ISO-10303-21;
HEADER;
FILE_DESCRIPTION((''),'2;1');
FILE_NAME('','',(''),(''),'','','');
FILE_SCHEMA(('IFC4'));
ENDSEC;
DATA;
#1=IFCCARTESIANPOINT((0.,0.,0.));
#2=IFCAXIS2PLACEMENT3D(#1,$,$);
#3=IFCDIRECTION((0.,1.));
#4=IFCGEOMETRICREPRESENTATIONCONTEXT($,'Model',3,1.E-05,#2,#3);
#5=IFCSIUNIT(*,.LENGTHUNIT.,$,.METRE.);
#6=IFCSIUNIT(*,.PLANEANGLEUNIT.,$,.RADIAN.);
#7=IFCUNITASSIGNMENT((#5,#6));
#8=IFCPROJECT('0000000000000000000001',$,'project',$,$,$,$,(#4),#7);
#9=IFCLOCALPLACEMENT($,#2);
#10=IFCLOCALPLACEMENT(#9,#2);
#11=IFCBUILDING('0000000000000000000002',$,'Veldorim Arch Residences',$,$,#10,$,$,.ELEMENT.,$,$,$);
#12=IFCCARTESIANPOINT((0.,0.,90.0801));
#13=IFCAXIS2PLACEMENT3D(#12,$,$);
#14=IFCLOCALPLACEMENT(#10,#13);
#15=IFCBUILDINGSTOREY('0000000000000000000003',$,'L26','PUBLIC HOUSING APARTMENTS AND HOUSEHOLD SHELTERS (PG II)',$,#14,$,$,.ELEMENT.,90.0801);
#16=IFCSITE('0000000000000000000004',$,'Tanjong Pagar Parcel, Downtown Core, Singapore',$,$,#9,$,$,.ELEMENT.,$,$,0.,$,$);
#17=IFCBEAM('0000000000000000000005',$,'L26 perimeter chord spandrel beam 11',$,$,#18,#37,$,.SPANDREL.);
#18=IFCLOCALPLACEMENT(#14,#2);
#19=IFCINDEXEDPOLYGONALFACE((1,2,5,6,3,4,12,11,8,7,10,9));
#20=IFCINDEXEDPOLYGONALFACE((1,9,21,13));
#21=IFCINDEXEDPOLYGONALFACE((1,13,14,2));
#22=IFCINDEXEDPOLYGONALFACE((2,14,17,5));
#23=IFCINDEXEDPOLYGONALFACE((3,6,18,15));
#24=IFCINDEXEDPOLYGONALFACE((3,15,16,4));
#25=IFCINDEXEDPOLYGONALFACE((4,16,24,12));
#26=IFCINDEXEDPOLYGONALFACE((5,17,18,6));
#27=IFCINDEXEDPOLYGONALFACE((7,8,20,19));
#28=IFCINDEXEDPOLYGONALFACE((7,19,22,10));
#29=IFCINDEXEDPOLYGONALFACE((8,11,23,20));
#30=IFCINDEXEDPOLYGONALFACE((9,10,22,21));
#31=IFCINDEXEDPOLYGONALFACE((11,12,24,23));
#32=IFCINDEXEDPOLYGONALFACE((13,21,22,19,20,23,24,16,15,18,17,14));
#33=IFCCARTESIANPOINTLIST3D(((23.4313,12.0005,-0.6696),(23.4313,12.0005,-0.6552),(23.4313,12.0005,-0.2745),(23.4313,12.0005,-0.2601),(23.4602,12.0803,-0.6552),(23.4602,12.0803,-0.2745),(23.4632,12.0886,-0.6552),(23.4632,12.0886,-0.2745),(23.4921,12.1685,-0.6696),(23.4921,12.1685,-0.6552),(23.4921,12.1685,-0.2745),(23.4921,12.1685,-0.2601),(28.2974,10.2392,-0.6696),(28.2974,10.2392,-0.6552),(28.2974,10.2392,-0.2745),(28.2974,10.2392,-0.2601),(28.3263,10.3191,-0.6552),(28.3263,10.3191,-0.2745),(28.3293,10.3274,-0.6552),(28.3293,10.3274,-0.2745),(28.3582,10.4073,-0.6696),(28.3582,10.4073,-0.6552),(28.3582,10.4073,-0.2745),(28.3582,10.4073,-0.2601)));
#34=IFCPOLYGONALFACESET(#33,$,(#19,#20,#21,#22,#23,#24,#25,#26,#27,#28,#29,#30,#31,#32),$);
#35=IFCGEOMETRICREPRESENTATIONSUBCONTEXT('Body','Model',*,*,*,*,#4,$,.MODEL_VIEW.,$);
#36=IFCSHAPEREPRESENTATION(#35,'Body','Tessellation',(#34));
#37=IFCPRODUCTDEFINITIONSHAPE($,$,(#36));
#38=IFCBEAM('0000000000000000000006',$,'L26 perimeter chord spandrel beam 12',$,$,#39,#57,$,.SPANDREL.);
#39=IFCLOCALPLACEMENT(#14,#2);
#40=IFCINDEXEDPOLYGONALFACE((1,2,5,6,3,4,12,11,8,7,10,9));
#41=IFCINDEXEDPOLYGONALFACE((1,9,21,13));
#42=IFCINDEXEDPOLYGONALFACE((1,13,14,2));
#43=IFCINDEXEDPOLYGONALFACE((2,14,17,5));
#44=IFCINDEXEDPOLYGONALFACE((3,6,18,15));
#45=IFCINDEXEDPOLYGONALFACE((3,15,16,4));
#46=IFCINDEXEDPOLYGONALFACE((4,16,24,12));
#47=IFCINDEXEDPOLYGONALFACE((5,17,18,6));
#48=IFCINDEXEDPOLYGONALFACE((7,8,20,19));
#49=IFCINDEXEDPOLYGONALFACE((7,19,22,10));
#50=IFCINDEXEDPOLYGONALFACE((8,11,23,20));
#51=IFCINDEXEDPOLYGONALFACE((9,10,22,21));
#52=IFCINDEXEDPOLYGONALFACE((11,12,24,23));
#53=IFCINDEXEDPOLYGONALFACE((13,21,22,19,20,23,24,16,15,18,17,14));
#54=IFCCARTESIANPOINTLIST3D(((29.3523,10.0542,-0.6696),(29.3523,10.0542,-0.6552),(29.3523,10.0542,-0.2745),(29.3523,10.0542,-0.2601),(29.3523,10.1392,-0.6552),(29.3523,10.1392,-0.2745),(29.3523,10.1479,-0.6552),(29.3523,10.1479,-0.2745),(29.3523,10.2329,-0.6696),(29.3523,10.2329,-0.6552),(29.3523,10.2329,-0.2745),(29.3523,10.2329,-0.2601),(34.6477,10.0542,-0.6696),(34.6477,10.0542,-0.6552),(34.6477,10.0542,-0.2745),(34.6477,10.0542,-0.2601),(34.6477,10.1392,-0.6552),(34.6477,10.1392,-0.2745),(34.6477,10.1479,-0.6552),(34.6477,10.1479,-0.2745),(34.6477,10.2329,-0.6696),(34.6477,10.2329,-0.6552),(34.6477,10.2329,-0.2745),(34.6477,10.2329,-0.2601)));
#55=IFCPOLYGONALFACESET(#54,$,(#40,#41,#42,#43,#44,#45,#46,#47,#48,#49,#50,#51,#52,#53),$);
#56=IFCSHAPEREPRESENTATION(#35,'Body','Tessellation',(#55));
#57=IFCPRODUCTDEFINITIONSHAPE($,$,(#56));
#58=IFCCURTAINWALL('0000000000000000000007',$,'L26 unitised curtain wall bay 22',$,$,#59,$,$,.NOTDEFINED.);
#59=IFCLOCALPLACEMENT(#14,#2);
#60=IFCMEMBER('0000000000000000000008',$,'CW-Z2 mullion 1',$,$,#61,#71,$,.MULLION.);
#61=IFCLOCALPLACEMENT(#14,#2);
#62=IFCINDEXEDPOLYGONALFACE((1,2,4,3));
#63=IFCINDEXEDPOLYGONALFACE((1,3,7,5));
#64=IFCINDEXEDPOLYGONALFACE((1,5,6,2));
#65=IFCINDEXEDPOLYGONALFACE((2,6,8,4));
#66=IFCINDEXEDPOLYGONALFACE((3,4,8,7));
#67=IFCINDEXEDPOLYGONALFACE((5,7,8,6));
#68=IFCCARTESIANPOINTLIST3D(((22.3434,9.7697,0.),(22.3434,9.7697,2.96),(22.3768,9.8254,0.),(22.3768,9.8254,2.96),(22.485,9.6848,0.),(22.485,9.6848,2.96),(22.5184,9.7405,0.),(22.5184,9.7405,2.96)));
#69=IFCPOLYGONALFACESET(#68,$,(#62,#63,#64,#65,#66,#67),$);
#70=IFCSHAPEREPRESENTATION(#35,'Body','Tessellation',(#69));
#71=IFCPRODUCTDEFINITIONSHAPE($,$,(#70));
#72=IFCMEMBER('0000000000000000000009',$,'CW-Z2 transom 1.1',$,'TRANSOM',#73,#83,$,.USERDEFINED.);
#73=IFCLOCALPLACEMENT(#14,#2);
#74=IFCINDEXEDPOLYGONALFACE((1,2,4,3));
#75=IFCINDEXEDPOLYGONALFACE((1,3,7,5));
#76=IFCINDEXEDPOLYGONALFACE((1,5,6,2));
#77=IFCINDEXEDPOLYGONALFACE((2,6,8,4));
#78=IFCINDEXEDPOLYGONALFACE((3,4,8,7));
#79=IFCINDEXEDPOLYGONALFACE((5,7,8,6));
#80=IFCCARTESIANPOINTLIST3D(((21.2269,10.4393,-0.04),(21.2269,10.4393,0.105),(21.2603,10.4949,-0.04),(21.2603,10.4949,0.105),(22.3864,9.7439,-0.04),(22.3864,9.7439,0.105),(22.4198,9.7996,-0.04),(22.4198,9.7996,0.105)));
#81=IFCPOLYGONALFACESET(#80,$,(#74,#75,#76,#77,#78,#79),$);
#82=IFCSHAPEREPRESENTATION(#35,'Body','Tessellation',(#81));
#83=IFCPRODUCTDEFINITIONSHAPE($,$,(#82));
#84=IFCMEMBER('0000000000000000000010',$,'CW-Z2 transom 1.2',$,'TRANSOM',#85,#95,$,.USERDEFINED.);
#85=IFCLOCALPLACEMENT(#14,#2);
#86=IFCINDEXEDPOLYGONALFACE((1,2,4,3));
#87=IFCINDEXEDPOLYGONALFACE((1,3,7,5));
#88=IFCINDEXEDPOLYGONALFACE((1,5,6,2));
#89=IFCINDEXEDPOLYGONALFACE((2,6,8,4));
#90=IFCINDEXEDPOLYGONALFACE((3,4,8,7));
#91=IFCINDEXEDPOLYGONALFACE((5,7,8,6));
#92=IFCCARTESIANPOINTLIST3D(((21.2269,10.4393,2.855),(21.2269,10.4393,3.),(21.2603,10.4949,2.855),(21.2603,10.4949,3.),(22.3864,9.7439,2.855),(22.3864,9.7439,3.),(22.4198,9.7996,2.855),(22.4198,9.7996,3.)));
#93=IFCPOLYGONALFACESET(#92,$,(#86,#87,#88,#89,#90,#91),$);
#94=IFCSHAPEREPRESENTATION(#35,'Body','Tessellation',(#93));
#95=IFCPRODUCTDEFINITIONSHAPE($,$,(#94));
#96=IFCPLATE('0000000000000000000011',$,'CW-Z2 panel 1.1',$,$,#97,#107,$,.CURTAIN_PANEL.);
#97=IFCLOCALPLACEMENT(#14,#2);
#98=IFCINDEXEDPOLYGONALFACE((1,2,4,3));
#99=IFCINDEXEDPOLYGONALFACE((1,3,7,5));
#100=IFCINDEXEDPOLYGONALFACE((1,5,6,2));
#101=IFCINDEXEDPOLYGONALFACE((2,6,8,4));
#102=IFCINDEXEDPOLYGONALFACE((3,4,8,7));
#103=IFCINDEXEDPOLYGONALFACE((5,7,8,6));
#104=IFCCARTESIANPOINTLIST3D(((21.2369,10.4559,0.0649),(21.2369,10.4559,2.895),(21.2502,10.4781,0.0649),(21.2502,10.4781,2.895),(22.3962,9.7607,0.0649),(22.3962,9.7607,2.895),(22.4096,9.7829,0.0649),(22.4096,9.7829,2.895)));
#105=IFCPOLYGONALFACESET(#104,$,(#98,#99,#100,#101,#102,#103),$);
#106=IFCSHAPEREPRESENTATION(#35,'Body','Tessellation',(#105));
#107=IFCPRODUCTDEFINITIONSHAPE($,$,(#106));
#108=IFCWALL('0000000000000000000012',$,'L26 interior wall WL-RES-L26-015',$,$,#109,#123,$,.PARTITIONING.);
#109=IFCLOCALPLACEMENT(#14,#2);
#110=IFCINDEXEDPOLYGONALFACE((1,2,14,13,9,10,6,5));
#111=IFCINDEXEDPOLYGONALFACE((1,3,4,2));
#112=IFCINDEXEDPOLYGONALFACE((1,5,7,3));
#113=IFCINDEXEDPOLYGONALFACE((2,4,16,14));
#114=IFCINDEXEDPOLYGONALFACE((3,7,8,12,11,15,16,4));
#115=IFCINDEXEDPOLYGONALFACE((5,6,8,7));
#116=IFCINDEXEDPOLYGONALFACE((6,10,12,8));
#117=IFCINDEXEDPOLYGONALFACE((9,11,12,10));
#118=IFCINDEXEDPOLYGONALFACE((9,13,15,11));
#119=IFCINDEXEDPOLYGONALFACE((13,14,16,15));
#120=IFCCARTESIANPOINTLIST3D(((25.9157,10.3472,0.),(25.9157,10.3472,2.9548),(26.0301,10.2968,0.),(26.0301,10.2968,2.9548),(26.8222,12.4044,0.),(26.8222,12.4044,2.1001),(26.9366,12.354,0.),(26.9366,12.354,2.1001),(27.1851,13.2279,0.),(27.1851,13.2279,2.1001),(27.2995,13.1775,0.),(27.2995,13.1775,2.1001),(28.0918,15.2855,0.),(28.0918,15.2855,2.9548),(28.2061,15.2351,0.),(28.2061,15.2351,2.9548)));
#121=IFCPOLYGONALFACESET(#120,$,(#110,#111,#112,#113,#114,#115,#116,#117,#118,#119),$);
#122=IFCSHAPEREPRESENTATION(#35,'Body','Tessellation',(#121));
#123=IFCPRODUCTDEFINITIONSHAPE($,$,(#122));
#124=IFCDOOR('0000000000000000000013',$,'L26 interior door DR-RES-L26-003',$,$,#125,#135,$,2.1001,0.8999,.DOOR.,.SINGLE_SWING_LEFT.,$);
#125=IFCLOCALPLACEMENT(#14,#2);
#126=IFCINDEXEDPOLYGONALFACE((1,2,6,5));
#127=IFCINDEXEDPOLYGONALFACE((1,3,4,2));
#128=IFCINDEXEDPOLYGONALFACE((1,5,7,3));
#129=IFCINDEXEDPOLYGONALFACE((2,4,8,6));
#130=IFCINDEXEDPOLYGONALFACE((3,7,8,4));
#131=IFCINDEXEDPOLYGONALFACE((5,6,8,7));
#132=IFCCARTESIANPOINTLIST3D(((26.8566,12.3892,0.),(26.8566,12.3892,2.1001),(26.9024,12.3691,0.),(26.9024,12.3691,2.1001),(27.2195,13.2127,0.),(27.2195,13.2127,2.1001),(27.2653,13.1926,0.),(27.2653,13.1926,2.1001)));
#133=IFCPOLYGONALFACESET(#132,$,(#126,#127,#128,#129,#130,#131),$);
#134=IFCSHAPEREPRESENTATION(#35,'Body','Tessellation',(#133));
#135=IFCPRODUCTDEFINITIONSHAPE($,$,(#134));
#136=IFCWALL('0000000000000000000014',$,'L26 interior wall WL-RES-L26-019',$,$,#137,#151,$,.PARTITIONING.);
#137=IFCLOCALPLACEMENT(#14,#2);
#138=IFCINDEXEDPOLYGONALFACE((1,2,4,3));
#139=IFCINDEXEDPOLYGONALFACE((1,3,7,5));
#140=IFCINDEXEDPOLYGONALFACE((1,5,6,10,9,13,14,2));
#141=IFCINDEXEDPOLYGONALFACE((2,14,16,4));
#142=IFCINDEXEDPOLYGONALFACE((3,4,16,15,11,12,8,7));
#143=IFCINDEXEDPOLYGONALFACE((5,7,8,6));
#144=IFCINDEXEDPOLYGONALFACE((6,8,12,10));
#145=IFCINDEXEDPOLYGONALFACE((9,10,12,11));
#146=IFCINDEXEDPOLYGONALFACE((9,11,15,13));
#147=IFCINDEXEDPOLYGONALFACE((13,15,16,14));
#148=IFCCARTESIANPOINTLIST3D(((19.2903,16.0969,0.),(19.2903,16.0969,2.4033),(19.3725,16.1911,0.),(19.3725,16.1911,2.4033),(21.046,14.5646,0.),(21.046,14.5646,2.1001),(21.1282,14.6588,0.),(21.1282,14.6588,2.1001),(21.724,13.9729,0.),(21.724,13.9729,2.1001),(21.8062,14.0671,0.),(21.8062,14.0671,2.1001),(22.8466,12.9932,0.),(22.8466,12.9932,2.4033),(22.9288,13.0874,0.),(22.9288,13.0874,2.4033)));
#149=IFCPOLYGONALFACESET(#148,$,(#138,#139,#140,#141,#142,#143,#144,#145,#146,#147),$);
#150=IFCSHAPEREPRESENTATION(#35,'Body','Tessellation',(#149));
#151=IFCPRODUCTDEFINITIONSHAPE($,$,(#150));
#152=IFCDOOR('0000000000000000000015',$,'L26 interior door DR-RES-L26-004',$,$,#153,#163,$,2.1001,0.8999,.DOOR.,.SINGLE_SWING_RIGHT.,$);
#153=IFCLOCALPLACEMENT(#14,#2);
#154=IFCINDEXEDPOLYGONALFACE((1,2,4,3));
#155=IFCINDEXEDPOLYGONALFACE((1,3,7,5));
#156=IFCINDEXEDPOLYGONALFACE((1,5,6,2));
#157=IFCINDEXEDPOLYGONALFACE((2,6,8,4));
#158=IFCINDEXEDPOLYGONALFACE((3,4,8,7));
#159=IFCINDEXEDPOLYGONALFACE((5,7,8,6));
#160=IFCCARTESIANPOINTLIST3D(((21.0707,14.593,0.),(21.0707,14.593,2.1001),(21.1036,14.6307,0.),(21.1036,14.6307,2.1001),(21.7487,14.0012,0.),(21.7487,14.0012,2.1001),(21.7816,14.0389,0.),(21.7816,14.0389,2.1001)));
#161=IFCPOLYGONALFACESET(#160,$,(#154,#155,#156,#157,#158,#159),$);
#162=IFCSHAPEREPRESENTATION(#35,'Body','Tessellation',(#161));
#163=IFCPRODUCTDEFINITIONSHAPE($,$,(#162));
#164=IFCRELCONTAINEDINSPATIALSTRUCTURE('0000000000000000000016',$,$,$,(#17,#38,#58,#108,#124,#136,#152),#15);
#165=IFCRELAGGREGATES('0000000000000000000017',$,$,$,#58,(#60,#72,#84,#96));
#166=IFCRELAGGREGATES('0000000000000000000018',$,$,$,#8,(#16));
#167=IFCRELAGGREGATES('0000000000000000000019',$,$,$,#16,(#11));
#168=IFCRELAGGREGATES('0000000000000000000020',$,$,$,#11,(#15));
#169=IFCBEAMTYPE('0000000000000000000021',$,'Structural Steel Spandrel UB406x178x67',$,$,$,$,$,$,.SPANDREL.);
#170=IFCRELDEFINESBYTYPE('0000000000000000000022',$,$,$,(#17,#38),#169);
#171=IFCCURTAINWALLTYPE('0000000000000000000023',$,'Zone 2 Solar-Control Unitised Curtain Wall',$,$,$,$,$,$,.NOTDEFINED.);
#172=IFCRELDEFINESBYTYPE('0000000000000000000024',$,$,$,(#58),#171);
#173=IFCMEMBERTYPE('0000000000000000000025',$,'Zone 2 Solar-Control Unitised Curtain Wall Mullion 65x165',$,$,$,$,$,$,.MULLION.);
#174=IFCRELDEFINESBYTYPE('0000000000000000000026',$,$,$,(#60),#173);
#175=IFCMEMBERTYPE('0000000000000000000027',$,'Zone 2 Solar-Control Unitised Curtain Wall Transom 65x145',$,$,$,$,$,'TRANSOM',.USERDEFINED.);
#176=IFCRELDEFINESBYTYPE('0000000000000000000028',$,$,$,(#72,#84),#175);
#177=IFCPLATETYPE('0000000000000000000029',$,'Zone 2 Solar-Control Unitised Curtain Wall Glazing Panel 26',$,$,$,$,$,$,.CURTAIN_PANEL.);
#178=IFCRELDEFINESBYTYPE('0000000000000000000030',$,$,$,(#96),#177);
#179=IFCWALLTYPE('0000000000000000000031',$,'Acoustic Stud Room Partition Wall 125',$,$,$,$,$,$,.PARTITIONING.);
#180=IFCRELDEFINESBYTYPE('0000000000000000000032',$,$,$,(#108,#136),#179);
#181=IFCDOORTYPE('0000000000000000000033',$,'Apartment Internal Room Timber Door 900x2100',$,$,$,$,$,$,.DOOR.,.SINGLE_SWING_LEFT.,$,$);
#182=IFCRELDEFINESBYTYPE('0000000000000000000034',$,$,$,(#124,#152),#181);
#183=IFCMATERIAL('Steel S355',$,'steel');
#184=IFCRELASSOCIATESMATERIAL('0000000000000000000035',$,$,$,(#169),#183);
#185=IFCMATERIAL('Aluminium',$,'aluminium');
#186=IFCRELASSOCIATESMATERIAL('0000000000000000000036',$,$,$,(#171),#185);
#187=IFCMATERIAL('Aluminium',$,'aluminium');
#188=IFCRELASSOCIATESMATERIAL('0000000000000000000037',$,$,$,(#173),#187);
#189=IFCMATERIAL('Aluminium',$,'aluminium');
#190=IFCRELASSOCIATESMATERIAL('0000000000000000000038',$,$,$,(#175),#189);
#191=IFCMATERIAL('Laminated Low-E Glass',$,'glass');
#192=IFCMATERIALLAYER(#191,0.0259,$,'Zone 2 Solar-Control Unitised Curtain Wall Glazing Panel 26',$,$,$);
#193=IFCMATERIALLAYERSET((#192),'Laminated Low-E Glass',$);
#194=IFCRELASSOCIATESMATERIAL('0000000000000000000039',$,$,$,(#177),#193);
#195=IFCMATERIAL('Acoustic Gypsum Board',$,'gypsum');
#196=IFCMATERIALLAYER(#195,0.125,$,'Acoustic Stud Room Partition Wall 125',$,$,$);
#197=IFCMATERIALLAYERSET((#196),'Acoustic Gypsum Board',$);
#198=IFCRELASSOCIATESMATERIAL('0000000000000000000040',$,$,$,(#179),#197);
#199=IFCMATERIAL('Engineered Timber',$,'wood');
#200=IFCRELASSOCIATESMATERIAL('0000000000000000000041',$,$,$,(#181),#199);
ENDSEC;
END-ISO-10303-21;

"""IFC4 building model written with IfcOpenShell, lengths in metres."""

from ifc_helpers import new_model, si_unit, direction, frame, frame_2d, origin, origin_2d, place, context, subcontext, project, spatial, rectangle, i_section, extrude, material, layer, layer_set, material_profile, profile_set, type_object, element, fill, aggregate, save


model = new_model("IFC4")

# Units and contexts
model_context = context("Model", 3, precision=1e-05, world=origin(), true_north=direction((0.0, 1.0)))
body_context = subcontext(model_context, "Body", "Model", "MODEL_VIEW")
ifc_project = project(units=[si_unit("LENGTHUNIT", "METRE"), si_unit("PLANEANGLEUNIT", "RADIAN")], contexts=[model_context])

# Site, building, storey
site_placement = place(None, origin())
site = spatial("IfcSite", under=ifc_project, at=site_placement, Name="Tanjong Pagar Parcel, Downtown Core, Singapore", CompositionType="ELEMENT", RefElevation=0.0)
building_placement = place(site_placement, origin())
building = spatial("IfcBuilding", under=site, at=building_placement, Name="Veldorim Arch Residences", CompositionType="ELEMENT")
storey_placement = place(building_placement, frame((0.0, 0.0, 90.0801)))
storey = spatial("IfcBuildingStorey", under=building, at=storey_placement, Name="L26", Description="PUBLIC HOUSING APARTMENTS AND HOUSEHOLD SHELTERS (PG II)", CompositionType="ELEMENT", Elevation=90.0801)

# Beams
ifc_material_1 = material(Name="Steel S355", Category="steel")
ifc_material_profile_1 = material_profile(ifc_material_1, i_section(OverallWidth=0.1787, OverallDepth=0.4094, WebThickness=0.0088, FlangeThickness=0.0144, at=origin_2d()), Name="UB406x178x67")
ifc_profile_set_1 = profile_set([ifc_material_profile_1], Name="Steel S355")
beam_type_1 = type_object("IfcBeamType", Name="Structural Steel Spandrel UB406x178x67", PredefinedType="SPANDREL", material=ifc_profile_set_1)
beam_1_placement = place(storey_placement, frame((23.4617, 12.0845, -0.4648), z_axis=(0.940308, -0.340326, 0.0), x_axis=(0.340326, 0.940308, 0.0)))
element("IfcBeam", 1, at=beam_1_placement, inside=storey, type_object=beam_type_1, Name="L26 perimeter chord spandrel beam 11", PredefinedType="SPANDREL", context=body_context, shape_type="SweptSolid", body=[
    extrude(i_section(OverallWidth=0.1787, OverallDepth=0.4094, WebThickness=0.0088, FlangeThickness=0.0144, at=origin_2d()), origin(), (0.0, 0.0, 1.0), 5.175),
])
beam_2_placement = place(storey_placement, frame((29.3523, 10.1436, -0.4648), z_axis=(1.0, 0.0, 0.0), x_axis=(0.0, 1.0, 0.0)))
element("IfcBeam", 2, at=beam_2_placement, inside=storey, type_object=beam_type_1, Name="L26 perimeter chord spandrel beam 12", PredefinedType="SPANDREL", context=body_context, shape_type="SweptSolid", body=[
    extrude(i_section(OverallWidth=0.1787, OverallDepth=0.4094, WebThickness=0.0088, FlangeThickness=0.0144, at=origin_2d()), origin(), (0.0, 0.0, 1.0), 5.2954),
])

# Curtain wall, members, plate
ifc_material_2 = material(Name="Aluminium", Category="aluminium")
curtain_wall_type = type_object("IfcCurtainWallType", Name="Zone 2 Solar-Control Unitised Curtain Wall", PredefinedType="NOTDEFINED", material=ifc_material_2)
curtain_wall_placement = place(storey_placement, origin())
curtain_wall = element("IfcCurtainWall", 3, at=curtain_wall_placement, inside=storey, type_object=curtain_wall_type, Name="L26 unitised curtain wall bay 22", PredefinedType="NOTDEFINED")
ifc_material_3 = material(Name="Aluminium", Category="aluminium")
ifc_material_profile_2 = material_profile(ifc_material_3, rectangle(XDim=0.0649, YDim=0.165, at=origin_2d()), Name="ALU_MUL_65x165")
ifc_profile_set_2 = profile_set([ifc_material_profile_2], Name="Aluminium")
member_type_1 = type_object("IfcMemberType", Name="Zone 2 Solar-Control Unitised Curtain Wall Mullion 65x165", PredefinedType="MULLION", material=ifc_profile_set_2)
member_1_placement = place(storey_placement, frame((22.4309, 9.7551, 0.0), z_axis=(0.0, 0.0, 1.0), x_axis=(-0.514313, -0.857602, 0.0)))
member_1 = element("IfcMember", 4, at=member_1_placement, type_object=member_type_1, Name="CW-Z2 mullion 1", PredefinedType="MULLION", context=body_context, shape_type="SweptSolid", body=[
    extrude(rectangle(XDim=0.0649, YDim=0.165, at=origin_2d()), origin(), (0.0, 0.0, 1.0), 2.96),
])
ifc_material_4 = material(Name="Aluminium", Category="aluminium")
ifc_material_profile_3 = material_profile(ifc_material_4, rectangle(XDim=0.0649, YDim=0.145, at=origin_2d()), Name="ALU_TRN_65x145")
ifc_profile_set_3 = profile_set([ifc_material_profile_3], Name="Aluminium")
member_type_2 = type_object("IfcMemberType", Name="Zone 2 Solar-Control Unitised Curtain Wall Transom 65x145", ElementType="TRANSOM", PredefinedType="USERDEFINED", material=ifc_profile_set_3)
member_2_placement = place(storey_placement, frame((22.4031, 9.7717, 0.0325), z_axis=(-0.857604, 0.51431, 0.0), x_axis=(-0.51431, -0.857604, 0.0)))
member_2 = element("IfcMember", 5, at=member_2_placement, type_object=member_type_2, Name="CW-Z2 transom 1.1", ObjectType="TRANSOM", PredefinedType="USERDEFINED", context=body_context, shape_type="SweptSolid", body=[
    extrude(rectangle(XDim=0.0649, YDim=0.145, at=origin_2d()), origin(), (0.0, 0.0, 1.0), 1.3521),
])
member_3_placement = place(storey_placement, frame((22.4031, 9.7717, 2.9275), z_axis=(-0.857604, 0.51431, 0.0), x_axis=(-0.51431, -0.857604, 0.0)))
member_3 = element("IfcMember", 6, at=member_3_placement, type_object=member_type_2, Name="CW-Z2 transom 1.2", ObjectType="TRANSOM", PredefinedType="USERDEFINED", context=body_context, shape_type="SweptSolid", body=[
    extrude(rectangle(XDim=0.0649, YDim=0.145, at=origin_2d()), origin(), (0.0, 0.0, 1.0), 1.3521),
])
ifc_material_5 = material(Name="Laminated Low-E Glass", Category="glass")
ifc_layer_1 = layer(ifc_material_5, 0.0259, Name="Zone 2 Solar-Control Unitised Curtain Wall Glazing Panel 26")
ifc_layer_set_1 = layer_set([ifc_layer_1], Name="Laminated Low-E Glass")
plate_type = type_object("IfcPlateType", Name="Zone 2 Solar-Control Unitised Curtain Wall Glazing Panel 26", PredefinedType="CURTAIN_PANEL", material=ifc_layer_set_1)
plate_placement = place(storey_placement, frame((21.8232, 10.1194, 0.0649), z_axis=(0.0, 0.0, 1.0), x_axis=(-0.857602, 0.514313, 0.0)))
plate = element("IfcPlate", 7, at=plate_placement, type_object=plate_type, Name="CW-Z2 panel 1.1", PredefinedType="CURTAIN_PANEL", context=body_context, shape_type="SweptSolid", body=[
    extrude(rectangle(XDim=1.3518, YDim=0.0259, at=origin_2d()), origin(), (0.0, 0.0, 1.0), 2.8301),
])
aggregate(curtain_wall, [member_1, member_2, member_3, plate])

# Walls, openings, doors
ifc_material_6 = material(Name="Acoustic Gypsum Board", Category="gypsum")
ifc_layer_2 = layer(ifc_material_6, 0.125, Name="Acoustic Stud Room Partition Wall 125")
ifc_layer_set_2 = layer_set([ifc_layer_2], Name="Acoustic Gypsum Board")
wall_type_1 = type_object("IfcWallType", Name="Acoustic Stud Room Partition Wall 125", PredefinedType="PARTITIONING", material=ifc_layer_set_2)
wall_1_placement = place(storey_placement, frame((25.9729, 10.322, 0.0), z_axis=(0.0, 0.0, 1.0), x_axis=(0.403236, 0.915096, 0.0)))
wall_1 = element("IfcWall", 8, at=wall_1_placement, inside=storey, type_object=wall_type_1, Name="L26 interior wall WL-RES-L26-015", PredefinedType="PARTITIONING", context=body_context, shape_type="SweptSolid", body=[
    extrude(rectangle(XDim=5.3965, YDim=0.125, at=frame_2d((2.6982, 0.0))), origin(), (0.0, 0.0, 1.0), 2.9548),
])
opening_1_placement = place(wall_1_placement, frame((2.248, 0.0, 0.0)))
opening_1 = element("IfcOpeningElement", 9, at=opening_1_placement, cuts=wall_1, PredefinedType="OPENING", context=body_context, shape_type="SweptSolid", body=[
    extrude(rectangle(XDim=0.8999, YDim=2.1001, at=frame_2d((0.45, 1.05))), frame((0.0, 0.0725, 0.0), z_axis=(0.0, -1.0, 0.0), x_axis=(1.0, 0.0, 0.0)), (0.0, 0.0, 1.0), 0.145),
])
ifc_material_7 = material(Name="Engineered Timber", Category="wood")
door_type_1 = type_object("IfcDoorType", Name="Apartment Internal Room Timber Door 900x2100", OperationType="SINGLE_SWING_LEFT", PredefinedType="DOOR", material=ifc_material_7)
door_1_placement = place(opening_1_placement, origin())
door_1 = element("IfcDoor", 10, at=door_1_placement, inside=storey, type_object=door_type_1, Name="L26 interior door DR-RES-L26-003", OperationType="SINGLE_SWING_LEFT", OverallHeight=2.1001, OverallWidth=0.8999, PredefinedType="DOOR", context=body_context, shape_type="SweptSolid", body=[
    extrude(rectangle(XDim=0.8999, YDim=2.1001, at=frame_2d((0.45, 1.05))), frame((0.0, 0.0249, 0.0), z_axis=(0.0, -1.0, 0.0), x_axis=(1.0, 0.0, 0.0)), (0.0, 0.0, 1.0), 0.05),
])
fill(opening_1, door_1)
wall_2_placement = place(storey_placement, frame((22.8877, 13.0403, 0.0), z_axis=(0.0, 0.0, 1.0), x_axis=(-0.753425, 0.657534, 0.0)))
wall_2 = element("IfcWall", 11, at=wall_2_placement, inside=storey, type_object=wall_type_1, Name="L26 interior wall WL-RES-L26-019", PredefinedType="PARTITIONING", context=body_context, shape_type="SweptSolid", body=[
    extrude(rectangle(XDim=4.7202, YDim=0.125, at=frame_2d((2.3601, 0.0))), origin(), (0.0, 0.0, 1.0), 2.4033),
])
opening_2_placement = place(wall_2_placement, frame((1.49, 0.0, 0.0)))
opening_2 = element("IfcOpeningElement", 12, at=opening_2_placement, cuts=wall_2, PredefinedType="OPENING", context=body_context, shape_type="SweptSolid", body=[
    extrude(rectangle(XDim=0.8999, YDim=2.1001, at=frame_2d((0.45, 1.05))), frame((0.0, 0.0725, 0.0), z_axis=(0.0, -1.0, 0.0), x_axis=(1.0, 0.0, 0.0)), (0.0, 0.0, 1.0), 0.145),
])
door_2_placement = place(opening_2_placement, origin())
door_2 = element("IfcDoor", 13, at=door_2_placement, inside=storey, type_object=door_type_1, Name="L26 interior door DR-RES-L26-004", OperationType="SINGLE_SWING_RIGHT", OverallHeight=2.1001, OverallWidth=0.8999, PredefinedType="DOOR", context=body_context, shape_type="SweptSolid", body=[
    extrude(rectangle(XDim=0.8999, YDim=2.1001, at=frame_2d((0.45, 1.05))), frame((0.0, 0.0249, 0.0), z_axis=(0.0, -1.0, 0.0), x_axis=(1.0, 0.0, 0.0)), (0.0, 0.0, 1.0), 0.05),
])
fill(opening_2, door_2)

save(model, "model.ifc")
